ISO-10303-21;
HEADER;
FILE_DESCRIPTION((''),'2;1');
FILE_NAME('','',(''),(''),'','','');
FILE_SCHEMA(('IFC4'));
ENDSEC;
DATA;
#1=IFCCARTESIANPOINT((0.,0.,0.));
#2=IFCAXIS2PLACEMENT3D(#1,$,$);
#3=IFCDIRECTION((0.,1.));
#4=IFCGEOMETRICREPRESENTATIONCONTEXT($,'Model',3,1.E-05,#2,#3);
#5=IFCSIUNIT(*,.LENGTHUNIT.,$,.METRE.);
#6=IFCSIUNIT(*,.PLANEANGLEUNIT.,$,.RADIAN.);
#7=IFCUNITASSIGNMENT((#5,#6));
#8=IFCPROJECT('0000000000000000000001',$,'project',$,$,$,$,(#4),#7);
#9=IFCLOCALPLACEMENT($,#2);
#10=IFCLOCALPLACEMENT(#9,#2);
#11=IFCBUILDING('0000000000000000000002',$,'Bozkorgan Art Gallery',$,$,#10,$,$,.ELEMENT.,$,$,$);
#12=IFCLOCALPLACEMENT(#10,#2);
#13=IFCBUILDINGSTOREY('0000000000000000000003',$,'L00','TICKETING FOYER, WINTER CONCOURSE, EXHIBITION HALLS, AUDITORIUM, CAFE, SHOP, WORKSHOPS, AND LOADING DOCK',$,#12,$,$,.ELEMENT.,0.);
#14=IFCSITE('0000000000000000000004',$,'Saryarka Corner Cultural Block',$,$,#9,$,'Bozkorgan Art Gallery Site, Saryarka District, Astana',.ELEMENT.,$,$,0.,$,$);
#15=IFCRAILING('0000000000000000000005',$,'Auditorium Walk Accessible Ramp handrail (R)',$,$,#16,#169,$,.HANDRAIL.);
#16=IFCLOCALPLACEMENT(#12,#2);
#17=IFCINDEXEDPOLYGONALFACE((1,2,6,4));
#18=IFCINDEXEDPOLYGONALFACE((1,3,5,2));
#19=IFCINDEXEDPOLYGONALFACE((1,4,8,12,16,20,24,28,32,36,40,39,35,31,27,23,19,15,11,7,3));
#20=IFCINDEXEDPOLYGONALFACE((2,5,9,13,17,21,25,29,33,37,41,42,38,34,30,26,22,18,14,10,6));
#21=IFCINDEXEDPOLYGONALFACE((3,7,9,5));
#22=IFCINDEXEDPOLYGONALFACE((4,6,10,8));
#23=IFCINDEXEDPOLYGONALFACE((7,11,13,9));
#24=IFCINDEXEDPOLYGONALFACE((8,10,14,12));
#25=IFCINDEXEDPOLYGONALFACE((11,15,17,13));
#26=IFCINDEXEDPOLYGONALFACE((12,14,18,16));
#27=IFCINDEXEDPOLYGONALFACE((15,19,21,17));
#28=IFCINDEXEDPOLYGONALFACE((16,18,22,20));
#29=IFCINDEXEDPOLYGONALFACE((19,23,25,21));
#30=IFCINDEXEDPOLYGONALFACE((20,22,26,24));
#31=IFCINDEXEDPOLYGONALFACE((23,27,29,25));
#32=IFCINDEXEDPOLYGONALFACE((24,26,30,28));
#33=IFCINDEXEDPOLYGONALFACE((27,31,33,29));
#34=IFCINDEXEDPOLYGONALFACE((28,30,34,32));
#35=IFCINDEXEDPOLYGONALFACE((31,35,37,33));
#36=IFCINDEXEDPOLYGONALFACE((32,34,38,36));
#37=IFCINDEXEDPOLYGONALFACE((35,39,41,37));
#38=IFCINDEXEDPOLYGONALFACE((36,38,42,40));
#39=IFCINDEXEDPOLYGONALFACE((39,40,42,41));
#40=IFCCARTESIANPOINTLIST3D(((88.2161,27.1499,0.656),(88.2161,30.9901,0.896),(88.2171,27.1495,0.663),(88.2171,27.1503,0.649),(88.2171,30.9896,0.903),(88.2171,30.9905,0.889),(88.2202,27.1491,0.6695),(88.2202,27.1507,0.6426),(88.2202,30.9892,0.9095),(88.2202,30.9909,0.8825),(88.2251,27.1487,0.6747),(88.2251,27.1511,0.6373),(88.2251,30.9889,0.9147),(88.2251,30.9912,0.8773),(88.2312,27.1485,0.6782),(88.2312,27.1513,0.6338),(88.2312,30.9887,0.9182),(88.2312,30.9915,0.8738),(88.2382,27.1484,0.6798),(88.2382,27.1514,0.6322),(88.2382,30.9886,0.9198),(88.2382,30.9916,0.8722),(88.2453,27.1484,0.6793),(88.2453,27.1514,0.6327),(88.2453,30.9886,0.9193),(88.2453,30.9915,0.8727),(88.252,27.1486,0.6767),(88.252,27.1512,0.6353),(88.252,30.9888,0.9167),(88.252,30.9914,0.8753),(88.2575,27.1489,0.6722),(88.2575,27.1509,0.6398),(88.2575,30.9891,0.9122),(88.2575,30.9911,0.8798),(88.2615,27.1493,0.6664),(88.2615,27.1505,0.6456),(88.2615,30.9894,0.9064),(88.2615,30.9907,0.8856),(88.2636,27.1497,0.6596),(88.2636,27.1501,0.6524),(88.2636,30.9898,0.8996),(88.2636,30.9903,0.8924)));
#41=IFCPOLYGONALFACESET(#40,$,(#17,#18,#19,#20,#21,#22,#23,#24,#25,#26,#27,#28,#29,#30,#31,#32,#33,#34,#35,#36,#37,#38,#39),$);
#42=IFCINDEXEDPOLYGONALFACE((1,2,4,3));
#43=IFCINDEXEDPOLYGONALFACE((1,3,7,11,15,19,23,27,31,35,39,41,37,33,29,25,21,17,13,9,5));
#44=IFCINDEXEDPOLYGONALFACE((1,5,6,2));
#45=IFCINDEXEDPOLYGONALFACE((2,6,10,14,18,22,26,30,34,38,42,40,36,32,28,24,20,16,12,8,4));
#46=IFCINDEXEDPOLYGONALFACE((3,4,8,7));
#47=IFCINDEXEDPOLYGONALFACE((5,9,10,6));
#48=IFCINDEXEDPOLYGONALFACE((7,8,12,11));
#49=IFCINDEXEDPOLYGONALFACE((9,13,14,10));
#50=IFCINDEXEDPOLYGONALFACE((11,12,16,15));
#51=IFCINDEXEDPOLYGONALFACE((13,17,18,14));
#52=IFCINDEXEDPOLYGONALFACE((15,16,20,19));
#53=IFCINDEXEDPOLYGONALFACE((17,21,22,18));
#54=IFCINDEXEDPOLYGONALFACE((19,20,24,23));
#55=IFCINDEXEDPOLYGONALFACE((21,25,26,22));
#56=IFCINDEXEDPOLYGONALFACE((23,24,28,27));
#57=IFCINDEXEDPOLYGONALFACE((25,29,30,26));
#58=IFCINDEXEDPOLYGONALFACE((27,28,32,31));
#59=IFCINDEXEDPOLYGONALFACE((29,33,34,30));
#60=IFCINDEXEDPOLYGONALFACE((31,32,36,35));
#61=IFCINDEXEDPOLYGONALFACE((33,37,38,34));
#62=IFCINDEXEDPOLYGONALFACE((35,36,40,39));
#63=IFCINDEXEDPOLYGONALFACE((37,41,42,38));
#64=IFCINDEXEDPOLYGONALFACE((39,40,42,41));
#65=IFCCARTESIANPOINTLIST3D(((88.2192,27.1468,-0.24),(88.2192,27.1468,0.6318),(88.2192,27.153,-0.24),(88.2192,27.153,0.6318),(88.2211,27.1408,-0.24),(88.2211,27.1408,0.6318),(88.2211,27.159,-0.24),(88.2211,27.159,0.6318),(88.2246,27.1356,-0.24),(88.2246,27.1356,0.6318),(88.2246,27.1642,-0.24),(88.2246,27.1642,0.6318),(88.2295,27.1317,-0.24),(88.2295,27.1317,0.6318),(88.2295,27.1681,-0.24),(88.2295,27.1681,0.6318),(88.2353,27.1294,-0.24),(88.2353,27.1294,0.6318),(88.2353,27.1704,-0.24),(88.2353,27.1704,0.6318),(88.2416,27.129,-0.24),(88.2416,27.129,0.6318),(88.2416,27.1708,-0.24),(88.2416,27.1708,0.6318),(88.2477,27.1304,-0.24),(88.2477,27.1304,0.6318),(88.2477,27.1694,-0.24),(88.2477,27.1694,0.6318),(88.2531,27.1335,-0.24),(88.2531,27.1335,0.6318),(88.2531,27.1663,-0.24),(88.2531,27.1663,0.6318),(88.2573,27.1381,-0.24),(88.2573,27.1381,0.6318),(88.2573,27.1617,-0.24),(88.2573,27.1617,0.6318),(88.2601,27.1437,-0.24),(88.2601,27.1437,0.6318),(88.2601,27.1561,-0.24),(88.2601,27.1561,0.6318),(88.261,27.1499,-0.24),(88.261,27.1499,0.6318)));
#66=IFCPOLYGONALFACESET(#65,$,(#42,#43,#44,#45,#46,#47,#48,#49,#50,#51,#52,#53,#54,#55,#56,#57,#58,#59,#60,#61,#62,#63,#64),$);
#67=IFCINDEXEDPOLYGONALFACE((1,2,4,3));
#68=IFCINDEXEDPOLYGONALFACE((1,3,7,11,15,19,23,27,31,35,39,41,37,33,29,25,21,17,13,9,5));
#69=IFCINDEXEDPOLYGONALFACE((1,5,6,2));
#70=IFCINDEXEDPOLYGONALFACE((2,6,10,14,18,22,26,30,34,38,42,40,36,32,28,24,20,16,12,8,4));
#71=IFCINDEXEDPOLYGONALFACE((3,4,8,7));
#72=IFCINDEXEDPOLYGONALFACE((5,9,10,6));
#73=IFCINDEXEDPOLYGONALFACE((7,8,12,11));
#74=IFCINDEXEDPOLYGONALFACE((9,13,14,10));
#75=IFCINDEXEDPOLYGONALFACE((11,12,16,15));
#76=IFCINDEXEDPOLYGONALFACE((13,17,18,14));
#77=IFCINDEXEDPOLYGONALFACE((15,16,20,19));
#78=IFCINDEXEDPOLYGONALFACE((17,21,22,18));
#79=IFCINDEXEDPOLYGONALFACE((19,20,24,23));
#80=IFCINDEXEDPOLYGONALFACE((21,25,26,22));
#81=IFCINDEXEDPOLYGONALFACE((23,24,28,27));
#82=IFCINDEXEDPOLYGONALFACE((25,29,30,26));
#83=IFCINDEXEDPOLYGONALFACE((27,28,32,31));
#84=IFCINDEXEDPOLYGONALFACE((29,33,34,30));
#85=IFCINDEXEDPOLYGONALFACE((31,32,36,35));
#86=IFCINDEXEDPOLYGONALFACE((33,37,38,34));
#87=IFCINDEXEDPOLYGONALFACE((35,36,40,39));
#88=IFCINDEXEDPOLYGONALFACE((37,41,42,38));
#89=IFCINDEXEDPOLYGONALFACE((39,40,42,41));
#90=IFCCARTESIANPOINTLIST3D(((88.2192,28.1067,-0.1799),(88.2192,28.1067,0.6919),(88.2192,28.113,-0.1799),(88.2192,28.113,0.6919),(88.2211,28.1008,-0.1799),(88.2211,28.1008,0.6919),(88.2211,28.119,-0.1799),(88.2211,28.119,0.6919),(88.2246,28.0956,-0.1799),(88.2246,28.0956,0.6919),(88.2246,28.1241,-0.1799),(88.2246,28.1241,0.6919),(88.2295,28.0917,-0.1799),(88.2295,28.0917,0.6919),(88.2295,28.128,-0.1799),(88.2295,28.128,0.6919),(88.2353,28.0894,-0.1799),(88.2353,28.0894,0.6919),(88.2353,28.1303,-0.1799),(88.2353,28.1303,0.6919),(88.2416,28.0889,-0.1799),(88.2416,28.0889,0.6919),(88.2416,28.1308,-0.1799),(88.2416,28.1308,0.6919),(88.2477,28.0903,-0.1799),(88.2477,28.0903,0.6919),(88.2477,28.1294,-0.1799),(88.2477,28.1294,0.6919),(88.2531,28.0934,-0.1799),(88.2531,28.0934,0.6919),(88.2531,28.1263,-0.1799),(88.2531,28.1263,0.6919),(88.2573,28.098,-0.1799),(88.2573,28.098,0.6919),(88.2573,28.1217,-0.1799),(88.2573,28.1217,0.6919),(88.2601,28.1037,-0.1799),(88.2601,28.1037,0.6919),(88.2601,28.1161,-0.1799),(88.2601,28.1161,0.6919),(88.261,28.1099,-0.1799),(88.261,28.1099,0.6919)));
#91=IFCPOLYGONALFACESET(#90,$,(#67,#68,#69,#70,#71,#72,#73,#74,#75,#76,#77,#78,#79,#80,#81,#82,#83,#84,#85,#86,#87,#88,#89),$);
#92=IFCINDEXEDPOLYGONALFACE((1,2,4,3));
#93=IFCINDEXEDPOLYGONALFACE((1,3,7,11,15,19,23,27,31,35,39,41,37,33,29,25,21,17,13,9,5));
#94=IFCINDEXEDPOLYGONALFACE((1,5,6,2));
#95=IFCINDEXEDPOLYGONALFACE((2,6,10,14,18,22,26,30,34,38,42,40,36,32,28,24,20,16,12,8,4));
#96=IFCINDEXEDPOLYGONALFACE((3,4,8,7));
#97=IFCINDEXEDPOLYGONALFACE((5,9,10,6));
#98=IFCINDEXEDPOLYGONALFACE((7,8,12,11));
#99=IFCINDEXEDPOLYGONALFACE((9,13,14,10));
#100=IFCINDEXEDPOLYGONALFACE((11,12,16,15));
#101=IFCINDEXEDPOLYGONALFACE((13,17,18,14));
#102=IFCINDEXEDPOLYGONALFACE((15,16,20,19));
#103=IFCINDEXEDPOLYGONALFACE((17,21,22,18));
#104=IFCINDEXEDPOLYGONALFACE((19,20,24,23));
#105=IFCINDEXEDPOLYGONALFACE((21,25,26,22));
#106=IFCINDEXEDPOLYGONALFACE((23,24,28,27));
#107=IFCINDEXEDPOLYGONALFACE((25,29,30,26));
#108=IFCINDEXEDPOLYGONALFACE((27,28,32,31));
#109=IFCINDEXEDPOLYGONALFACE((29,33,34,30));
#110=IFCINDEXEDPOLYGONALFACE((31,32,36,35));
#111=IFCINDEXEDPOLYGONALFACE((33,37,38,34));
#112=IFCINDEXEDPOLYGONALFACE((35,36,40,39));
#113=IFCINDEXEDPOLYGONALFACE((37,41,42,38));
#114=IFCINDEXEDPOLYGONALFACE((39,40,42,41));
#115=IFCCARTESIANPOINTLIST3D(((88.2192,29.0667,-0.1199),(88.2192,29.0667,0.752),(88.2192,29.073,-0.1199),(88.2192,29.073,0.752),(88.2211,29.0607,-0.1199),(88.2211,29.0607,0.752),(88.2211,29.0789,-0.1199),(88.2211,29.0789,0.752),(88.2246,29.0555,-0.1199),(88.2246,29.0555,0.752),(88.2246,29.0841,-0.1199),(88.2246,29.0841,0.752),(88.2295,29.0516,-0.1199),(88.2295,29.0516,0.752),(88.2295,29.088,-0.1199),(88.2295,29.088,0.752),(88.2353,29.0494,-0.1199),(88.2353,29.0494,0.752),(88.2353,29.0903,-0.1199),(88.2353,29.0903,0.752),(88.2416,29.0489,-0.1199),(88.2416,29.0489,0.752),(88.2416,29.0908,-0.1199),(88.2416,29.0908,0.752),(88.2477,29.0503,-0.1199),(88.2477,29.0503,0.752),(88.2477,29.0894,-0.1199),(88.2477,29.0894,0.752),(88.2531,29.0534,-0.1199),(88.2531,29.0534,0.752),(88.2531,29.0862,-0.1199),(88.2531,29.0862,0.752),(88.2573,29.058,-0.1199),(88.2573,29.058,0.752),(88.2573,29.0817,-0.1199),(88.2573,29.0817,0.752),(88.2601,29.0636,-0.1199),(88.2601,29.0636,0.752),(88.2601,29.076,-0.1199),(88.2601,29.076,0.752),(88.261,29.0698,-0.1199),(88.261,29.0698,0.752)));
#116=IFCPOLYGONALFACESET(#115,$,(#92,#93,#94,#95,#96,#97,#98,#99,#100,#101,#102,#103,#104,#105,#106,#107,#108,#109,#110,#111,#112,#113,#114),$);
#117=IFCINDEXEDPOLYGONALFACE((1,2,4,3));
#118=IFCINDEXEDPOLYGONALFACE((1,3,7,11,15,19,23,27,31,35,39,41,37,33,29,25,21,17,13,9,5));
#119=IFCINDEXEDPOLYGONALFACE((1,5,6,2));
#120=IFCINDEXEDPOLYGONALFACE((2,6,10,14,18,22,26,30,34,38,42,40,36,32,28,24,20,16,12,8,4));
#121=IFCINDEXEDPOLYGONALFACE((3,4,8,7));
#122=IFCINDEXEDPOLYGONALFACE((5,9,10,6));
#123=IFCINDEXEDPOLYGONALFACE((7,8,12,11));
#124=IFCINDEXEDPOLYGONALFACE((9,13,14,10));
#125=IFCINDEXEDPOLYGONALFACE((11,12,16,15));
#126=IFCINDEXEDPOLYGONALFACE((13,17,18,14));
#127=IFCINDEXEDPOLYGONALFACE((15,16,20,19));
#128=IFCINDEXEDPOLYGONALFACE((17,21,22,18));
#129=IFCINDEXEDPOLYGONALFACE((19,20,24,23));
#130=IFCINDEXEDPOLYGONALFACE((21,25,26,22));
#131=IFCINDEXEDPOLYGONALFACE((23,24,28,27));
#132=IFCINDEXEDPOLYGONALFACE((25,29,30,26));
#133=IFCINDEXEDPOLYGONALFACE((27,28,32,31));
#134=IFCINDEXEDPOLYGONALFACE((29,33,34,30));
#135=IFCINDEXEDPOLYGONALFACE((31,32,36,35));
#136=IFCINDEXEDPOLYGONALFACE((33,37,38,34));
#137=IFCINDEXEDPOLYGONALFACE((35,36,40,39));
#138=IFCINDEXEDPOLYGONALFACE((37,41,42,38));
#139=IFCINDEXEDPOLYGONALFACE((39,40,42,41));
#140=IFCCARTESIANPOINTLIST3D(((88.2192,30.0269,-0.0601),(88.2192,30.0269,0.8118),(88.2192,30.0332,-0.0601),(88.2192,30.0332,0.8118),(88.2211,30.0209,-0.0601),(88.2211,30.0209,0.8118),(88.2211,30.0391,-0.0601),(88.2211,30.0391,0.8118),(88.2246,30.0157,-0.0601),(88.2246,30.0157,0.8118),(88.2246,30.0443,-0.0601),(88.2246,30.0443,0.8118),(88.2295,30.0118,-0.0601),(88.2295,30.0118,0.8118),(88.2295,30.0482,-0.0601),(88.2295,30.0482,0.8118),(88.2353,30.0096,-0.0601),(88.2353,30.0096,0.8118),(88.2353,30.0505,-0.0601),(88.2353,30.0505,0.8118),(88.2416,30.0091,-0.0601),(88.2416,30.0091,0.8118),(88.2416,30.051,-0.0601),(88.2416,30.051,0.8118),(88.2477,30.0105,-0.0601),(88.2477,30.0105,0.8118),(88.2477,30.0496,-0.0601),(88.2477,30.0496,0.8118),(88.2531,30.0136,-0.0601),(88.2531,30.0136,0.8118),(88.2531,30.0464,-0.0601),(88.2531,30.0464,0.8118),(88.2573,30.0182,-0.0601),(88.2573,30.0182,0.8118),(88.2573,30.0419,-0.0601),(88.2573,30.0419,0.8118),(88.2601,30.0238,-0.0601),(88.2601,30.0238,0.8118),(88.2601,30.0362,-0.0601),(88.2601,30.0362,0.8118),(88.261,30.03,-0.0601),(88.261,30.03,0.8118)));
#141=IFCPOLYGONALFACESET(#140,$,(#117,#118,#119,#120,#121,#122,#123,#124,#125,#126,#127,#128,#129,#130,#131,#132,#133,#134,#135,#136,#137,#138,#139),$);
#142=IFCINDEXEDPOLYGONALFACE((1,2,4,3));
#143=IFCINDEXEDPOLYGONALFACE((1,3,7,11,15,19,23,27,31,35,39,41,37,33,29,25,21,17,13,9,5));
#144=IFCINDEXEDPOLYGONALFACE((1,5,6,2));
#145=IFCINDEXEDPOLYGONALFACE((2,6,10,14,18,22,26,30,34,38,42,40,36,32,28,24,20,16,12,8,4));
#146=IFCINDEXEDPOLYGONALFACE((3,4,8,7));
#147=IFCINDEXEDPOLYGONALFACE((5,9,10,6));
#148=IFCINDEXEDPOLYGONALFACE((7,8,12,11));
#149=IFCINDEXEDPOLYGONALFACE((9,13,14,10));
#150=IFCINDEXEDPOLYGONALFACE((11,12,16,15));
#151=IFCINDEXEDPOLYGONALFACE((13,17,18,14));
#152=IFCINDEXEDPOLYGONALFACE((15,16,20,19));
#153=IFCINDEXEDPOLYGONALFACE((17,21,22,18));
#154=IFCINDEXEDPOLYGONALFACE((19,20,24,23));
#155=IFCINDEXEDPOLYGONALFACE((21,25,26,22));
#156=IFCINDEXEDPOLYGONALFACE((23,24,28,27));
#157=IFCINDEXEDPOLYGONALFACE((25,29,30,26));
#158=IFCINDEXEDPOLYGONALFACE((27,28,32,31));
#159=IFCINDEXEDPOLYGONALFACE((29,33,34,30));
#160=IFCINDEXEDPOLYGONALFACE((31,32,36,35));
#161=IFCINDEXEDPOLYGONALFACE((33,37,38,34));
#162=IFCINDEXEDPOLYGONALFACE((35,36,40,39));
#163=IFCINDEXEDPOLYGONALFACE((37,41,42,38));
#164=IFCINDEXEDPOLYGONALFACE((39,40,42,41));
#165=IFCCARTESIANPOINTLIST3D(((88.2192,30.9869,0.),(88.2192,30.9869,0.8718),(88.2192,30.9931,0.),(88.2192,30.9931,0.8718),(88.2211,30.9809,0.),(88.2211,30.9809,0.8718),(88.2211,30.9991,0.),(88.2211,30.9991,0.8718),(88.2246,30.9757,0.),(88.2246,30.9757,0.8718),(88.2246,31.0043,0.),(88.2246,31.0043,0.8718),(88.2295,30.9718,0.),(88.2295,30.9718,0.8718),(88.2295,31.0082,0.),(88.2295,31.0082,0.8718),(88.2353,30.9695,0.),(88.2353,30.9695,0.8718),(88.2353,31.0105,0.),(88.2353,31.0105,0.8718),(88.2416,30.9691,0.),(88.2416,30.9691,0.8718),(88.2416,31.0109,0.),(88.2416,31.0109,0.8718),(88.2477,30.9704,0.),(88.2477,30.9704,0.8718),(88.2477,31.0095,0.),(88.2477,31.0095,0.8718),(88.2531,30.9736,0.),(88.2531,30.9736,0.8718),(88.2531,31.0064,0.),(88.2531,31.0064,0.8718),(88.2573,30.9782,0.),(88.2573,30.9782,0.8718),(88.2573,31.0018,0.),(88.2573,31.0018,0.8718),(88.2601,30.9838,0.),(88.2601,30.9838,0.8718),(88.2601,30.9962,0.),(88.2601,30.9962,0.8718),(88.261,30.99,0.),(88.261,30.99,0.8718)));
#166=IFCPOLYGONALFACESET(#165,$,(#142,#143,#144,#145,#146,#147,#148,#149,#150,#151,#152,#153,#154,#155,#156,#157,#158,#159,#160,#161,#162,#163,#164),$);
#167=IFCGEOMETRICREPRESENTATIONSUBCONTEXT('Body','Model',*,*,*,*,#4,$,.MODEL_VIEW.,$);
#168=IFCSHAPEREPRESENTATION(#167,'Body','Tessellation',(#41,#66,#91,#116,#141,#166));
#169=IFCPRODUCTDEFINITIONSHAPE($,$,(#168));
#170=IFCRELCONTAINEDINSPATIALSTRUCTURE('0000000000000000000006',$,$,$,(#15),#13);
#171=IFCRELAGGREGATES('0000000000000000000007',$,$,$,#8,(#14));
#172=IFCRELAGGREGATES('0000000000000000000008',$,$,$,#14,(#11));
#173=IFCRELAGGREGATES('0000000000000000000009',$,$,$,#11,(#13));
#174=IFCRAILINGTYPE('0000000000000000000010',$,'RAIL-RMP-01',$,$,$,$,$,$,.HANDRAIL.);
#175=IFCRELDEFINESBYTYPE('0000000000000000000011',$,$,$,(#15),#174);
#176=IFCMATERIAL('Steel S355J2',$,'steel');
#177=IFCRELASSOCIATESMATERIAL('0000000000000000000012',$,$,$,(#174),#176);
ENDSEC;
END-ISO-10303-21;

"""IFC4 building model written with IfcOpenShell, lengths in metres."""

from ifc_helpers import new_model, si_unit, direction, frame, origin, origin_2d, place, context, subcontext, project, spatial, circle, extrude, material, type_object, element, save


model = new_model("IFC4")

# Units and contexts
model_context = context("Model", 3, precision=1e-05, world=origin(), true_north=direction((0.0, 1.0)))
body_context = subcontext(model_context, "Body", "Model", "MODEL_VIEW")
ifc_project = project(units=[si_unit("LENGTHUNIT", "METRE"), si_unit("PLANEANGLEUNIT", "RADIAN")], contexts=[model_context])

# Site, building, storey
site_placement = place(None, origin())
site = spatial("IfcSite", under=ifc_project, at=site_placement, Name="Saryarka Corner Cultural Block", LongName="Bozkorgan Art Gallery Site, Saryarka District, Astana", CompositionType="ELEMENT", RefElevation=0.0)
building_placement = place(site_placement, origin())
building = spatial("IfcBuilding", under=site, at=building_placement, Name="Bozkorgan Art Gallery", CompositionType="ELEMENT")
storey_placement = place(building_placement, origin())
storey = spatial("IfcBuildingStorey", under=building, at=storey_placement, Name="L00", Description="TICKETING FOYER, WINTER CONCOURSE, EXHIBITION HALLS, AUDITORIUM, CAFE, SHOP, WORKSHOPS, AND LOADING DOCK", CompositionType="ELEMENT", Elevation=0.0)

# Shared definitions
ifc_material_1 = material(Name="Steel S355J2", Category="steel")

# Railing
railing_type = type_object("IfcRailingType", Name="RAIL-RMP-01", PredefinedType="HANDRAIL", material=ifc_material_1)
for number, where, name in (
    (1, (88.24, 27.1499, -0.24), "Auditorium Walk Accessible Ramp handrail (R)"),
):
    element("IfcRailing", number, at=place(storey_placement, frame(where)), inside=storey, type_object=railing_type, Name=name, PredefinedType="HANDRAIL", context=body_context, shape_type="SweptSolid", body=[
        extrude(circle(Radius=0.0239, at=origin_2d()), frame((0.0, 0.0, 0.896), z_axis=(0.0, 0.998053, 0.062374), x_axis=(-1.0, 0.0, 0.0)), (0.0, 0.0, 1.0), 3.8477),
        extrude(circle(Radius=0.021, at=origin_2d()), origin(), (0.0, 0.0, 1.0), 0.8718),
        extrude(circle(Radius=0.021, at=origin_2d()), frame((0.0, 0.96, 0.0601)), (0.0, 0.0, 1.0), 0.8718),
        extrude(circle(Radius=0.021, at=origin_2d()), frame((0.0, 1.9199, 0.1201)), (0.0, 0.0, 1.0), 0.8718),
        extrude(circle(Radius=0.021, at=origin_2d()), frame((0.0, 2.8801, 0.1799)), (0.0, 0.0, 1.0), 0.8718),
        extrude(circle(Radius=0.021, at=origin_2d()), frame((0.0, 3.8401, 0.24)), (0.0, 0.0, 1.0), 0.8718),
    ])

save(model, "model.ifc")
